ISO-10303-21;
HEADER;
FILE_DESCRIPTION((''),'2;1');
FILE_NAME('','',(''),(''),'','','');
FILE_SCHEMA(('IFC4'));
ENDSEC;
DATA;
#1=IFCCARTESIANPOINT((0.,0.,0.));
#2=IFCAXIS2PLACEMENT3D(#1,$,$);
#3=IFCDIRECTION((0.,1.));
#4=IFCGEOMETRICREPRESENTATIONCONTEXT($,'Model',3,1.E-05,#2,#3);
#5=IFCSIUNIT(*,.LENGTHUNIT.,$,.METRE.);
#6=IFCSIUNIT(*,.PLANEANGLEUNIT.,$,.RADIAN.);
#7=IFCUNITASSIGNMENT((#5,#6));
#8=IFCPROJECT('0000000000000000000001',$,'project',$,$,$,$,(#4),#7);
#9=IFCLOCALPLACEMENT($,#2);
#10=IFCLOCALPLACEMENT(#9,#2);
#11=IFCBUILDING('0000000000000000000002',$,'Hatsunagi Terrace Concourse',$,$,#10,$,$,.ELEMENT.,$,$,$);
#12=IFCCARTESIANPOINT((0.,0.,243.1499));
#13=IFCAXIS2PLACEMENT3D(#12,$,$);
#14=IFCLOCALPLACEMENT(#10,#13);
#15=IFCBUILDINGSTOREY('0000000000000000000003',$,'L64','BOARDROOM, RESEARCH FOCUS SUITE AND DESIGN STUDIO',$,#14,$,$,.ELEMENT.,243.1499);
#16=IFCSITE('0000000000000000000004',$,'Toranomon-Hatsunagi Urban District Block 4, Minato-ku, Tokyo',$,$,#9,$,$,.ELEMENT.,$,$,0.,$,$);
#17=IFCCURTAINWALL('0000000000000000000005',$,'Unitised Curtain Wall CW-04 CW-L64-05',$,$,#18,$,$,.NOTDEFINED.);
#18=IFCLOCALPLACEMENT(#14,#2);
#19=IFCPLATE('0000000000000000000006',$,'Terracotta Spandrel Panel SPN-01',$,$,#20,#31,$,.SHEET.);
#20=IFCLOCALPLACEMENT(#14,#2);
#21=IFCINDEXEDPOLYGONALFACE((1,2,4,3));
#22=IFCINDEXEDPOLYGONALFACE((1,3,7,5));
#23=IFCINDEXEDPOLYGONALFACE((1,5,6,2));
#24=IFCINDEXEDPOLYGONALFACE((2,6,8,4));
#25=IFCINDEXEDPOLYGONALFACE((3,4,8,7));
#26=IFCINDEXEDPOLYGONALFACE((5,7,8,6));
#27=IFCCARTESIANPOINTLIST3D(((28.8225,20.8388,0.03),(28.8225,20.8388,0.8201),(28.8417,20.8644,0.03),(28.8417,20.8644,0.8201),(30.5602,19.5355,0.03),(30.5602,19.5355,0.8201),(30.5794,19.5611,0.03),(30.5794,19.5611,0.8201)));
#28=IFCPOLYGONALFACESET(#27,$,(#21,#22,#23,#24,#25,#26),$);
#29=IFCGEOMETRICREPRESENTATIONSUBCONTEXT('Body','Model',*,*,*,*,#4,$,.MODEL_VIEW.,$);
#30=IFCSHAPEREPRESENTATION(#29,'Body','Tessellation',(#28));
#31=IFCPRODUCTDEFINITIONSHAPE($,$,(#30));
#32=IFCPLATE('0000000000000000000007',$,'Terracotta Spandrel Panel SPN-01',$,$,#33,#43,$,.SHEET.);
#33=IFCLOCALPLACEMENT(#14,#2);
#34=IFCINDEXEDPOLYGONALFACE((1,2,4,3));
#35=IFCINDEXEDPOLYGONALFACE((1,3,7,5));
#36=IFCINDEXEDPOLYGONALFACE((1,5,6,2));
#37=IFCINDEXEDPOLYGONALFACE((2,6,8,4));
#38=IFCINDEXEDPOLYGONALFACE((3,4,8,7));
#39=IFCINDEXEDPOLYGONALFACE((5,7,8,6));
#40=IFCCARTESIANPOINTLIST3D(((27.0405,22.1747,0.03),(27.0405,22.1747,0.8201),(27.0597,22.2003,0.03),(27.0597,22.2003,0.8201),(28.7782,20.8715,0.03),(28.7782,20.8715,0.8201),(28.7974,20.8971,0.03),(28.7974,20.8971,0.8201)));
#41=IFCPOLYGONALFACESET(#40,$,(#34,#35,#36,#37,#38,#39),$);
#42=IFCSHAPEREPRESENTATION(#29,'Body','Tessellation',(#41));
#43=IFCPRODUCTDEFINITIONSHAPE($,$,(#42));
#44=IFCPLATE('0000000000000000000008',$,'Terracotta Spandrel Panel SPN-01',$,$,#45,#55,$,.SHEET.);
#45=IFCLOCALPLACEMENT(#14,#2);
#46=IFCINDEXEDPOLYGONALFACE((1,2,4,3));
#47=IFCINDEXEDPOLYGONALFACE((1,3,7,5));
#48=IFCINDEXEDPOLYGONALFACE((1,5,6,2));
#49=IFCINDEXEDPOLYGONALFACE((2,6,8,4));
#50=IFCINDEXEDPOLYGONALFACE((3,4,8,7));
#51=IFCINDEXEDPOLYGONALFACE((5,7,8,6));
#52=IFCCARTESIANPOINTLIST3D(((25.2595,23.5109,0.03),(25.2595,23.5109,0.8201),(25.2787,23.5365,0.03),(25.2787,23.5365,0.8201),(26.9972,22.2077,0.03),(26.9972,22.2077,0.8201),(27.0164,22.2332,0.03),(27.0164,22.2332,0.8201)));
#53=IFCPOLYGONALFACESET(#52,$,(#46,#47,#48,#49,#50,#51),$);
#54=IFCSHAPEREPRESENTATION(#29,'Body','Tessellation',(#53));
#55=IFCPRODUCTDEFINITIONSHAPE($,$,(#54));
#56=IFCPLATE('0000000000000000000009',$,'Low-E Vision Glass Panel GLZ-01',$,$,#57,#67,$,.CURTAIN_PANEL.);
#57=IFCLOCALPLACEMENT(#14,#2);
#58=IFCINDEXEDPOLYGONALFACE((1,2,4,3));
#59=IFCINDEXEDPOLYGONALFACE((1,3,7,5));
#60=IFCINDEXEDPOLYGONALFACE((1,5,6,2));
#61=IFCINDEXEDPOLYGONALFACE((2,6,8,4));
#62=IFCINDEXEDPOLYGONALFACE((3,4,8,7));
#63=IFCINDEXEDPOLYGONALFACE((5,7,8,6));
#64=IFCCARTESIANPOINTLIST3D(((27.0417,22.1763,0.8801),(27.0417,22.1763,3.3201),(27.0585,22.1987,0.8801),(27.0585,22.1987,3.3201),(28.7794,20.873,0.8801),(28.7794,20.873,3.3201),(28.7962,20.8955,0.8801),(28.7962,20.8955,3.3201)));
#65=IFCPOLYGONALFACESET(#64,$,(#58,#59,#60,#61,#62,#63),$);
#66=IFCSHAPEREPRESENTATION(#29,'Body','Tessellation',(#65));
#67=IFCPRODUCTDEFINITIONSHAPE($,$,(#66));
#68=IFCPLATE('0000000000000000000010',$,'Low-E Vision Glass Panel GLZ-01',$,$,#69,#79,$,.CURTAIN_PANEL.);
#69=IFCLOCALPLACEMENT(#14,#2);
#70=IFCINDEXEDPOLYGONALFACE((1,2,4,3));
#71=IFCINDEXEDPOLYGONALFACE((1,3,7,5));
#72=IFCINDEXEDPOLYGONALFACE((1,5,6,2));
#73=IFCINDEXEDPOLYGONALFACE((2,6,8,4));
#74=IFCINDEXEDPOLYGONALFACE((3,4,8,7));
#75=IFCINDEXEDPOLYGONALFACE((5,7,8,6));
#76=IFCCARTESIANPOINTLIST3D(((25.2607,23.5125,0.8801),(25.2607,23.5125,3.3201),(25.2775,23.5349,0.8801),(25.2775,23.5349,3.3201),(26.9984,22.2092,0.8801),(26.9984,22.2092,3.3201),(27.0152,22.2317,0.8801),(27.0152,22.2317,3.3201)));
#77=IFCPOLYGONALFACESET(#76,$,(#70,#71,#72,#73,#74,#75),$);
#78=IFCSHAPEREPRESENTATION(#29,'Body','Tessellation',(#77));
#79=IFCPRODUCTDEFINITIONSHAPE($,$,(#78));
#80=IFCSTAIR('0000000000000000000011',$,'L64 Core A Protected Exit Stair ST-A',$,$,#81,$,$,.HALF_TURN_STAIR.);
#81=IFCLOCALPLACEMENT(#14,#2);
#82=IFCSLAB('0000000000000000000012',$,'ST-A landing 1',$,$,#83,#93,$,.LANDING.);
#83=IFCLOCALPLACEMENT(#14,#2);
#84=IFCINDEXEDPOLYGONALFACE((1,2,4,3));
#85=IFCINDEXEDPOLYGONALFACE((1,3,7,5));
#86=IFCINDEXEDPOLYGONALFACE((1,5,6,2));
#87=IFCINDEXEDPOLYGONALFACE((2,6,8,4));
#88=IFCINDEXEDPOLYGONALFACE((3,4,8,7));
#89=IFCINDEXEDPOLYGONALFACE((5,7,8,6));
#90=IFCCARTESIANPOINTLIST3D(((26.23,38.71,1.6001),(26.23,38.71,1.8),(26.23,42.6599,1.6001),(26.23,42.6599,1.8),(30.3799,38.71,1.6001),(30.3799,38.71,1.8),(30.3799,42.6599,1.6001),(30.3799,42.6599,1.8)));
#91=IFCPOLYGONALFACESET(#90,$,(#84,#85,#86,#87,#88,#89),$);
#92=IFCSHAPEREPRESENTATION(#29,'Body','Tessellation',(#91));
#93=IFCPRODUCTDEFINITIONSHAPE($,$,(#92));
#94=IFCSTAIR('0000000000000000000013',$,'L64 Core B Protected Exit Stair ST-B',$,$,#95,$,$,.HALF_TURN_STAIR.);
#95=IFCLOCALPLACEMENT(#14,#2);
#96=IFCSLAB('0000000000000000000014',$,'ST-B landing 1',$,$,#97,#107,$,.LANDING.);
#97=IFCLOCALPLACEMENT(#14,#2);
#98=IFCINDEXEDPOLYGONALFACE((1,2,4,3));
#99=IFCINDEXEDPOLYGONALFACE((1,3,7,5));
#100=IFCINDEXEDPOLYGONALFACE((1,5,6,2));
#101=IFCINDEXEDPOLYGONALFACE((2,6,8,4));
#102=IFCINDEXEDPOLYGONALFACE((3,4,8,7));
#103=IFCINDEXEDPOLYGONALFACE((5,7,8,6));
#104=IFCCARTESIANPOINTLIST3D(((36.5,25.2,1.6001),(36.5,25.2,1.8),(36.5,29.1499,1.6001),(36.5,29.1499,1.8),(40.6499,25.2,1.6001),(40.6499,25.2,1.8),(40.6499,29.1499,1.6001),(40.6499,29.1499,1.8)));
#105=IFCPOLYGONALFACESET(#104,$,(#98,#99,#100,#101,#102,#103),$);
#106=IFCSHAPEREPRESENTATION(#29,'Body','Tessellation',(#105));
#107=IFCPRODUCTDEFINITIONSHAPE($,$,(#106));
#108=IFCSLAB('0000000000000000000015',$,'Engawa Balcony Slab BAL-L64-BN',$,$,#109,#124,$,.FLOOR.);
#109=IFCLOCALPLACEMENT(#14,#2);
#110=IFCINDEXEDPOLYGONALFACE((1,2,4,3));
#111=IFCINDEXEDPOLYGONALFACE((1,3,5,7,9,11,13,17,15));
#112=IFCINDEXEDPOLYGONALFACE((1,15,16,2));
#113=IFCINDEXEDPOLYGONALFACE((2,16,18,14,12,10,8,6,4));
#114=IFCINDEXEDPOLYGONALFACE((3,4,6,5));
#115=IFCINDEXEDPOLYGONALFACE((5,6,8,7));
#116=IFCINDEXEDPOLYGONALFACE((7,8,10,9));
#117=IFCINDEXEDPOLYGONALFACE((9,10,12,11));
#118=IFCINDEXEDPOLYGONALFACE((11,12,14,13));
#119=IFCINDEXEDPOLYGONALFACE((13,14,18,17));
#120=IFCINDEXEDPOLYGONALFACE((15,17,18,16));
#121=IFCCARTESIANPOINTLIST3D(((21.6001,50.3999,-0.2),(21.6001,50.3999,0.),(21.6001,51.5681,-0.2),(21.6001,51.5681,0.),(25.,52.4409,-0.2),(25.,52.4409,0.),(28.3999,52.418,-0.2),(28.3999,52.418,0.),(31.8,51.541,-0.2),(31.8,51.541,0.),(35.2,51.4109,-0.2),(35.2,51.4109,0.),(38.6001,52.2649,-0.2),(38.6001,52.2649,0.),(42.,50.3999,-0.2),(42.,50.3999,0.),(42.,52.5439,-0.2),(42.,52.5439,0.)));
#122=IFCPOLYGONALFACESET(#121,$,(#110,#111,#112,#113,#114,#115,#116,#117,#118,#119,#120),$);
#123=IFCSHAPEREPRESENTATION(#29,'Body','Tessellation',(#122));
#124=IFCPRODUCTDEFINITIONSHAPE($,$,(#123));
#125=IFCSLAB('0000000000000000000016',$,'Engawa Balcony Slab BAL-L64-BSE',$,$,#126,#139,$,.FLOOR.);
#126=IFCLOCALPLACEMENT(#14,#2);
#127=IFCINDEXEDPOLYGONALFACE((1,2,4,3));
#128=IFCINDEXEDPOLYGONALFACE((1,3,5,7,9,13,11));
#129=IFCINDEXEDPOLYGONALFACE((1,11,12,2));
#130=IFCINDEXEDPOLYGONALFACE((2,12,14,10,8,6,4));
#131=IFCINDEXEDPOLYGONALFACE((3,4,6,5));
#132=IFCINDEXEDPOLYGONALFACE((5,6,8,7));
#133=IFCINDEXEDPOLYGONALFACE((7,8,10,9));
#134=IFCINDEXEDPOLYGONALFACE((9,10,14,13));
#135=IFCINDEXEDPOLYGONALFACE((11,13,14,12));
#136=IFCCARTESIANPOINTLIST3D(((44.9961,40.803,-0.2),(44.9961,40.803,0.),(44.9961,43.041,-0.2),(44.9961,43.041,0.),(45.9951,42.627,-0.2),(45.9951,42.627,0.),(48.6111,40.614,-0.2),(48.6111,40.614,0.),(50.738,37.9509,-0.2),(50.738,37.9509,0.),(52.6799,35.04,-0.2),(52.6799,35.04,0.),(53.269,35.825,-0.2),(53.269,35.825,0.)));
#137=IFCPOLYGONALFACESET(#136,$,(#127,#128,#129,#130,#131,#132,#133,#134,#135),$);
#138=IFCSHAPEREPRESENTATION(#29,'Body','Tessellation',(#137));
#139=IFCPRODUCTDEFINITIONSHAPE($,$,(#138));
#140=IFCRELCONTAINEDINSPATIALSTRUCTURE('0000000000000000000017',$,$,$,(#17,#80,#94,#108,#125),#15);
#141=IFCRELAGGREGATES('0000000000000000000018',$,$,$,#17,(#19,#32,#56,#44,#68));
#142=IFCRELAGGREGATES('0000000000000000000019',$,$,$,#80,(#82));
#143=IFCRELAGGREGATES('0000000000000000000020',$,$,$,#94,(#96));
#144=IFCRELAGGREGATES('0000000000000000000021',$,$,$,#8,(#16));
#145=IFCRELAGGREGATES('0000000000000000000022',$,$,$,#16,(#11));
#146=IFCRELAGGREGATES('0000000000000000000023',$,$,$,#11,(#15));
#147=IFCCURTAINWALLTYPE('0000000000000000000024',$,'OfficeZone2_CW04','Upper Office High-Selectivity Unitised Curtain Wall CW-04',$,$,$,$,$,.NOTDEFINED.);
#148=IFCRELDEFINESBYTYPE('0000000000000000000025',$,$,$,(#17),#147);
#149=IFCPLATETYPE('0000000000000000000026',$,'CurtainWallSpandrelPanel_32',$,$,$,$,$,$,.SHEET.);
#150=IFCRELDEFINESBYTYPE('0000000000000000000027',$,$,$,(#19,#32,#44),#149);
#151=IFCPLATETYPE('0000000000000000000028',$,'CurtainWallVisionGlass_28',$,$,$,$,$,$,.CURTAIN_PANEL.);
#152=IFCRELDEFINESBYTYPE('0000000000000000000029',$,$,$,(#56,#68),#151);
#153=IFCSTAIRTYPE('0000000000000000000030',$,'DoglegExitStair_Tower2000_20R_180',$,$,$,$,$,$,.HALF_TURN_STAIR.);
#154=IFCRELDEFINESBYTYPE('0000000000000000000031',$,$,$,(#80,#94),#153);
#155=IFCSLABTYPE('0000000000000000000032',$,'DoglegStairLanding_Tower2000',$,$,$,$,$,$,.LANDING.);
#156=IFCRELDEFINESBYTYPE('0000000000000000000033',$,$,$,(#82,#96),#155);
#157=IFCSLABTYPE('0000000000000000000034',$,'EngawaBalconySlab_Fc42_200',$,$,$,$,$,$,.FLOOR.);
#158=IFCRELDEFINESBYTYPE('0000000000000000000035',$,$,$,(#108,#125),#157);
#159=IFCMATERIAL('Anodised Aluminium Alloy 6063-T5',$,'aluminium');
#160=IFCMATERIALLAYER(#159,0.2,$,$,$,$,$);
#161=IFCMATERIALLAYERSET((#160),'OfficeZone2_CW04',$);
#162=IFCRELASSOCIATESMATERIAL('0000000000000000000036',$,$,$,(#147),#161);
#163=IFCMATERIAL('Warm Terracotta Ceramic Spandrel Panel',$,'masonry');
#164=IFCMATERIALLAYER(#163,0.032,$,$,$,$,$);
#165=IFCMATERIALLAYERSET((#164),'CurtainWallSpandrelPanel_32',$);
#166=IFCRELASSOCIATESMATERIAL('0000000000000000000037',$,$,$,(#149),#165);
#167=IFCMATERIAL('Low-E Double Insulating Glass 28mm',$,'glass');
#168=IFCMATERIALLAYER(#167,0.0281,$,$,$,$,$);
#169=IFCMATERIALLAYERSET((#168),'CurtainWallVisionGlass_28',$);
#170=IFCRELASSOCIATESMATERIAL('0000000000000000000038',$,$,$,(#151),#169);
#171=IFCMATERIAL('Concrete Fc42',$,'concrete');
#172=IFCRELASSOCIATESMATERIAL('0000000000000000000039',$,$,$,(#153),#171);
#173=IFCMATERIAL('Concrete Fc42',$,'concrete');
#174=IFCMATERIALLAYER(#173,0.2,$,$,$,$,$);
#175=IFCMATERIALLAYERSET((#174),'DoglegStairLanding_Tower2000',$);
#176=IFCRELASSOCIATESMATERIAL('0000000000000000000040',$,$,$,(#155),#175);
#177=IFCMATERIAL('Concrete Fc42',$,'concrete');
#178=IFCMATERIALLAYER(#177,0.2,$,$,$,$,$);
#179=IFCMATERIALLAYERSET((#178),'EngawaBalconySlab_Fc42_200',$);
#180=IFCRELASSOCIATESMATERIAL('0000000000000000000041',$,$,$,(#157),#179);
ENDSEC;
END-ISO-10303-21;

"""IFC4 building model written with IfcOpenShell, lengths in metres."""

from ifc_helpers import new_model, si_unit, direction, frame, origin, origin_2d, place, context, subcontext, project, spatial, polyline, rectangle, outline, extrude, material, layer, layer_set, type_object, element, aggregate, save


model = new_model("IFC4")

# Units and contexts
model_context = context("Model", 3, precision=1e-05, world=origin(), true_north=direction((0.0, 1.0)))
body_context = subcontext(model_context, "Body", "Model", "MODEL_VIEW")
ifc_project = project(units=[si_unit("LENGTHUNIT", "METRE"), si_unit("PLANEANGLEUNIT", "RADIAN")], contexts=[model_context])

# Site, building, storey
site_placement = place(None, origin())
site = spatial("IfcSite", under=ifc_project, at=site_placement, Name="Toranomon-Hatsunagi Urban District Block 4, Minato-ku, Tokyo", CompositionType="ELEMENT", RefElevation=0.0)
building_placement = place(site_placement, origin())
building = spatial("IfcBuilding", under=site, at=building_placement, Name="Hatsunagi Terrace Concourse", CompositionType="ELEMENT")
storey_placement = place(building_placement, frame((0.0, 0.0, 243.1499)))
storey = spatial("IfcBuildingStorey", under=building, at=storey_placement, Name="L64", Description="BOARDROOM, RESEARCH FOCUS SUITE AND DESIGN STUDIO", CompositionType="ELEMENT", Elevation=243.1499)

# Curtain wall
ifc_material_1 = material(Name="Anodised Aluminium Alloy 6063-T5", Category="aluminium")
ifc_layer_1 = layer(ifc_material_1, 0.2)
ifc_layer_set_1 = layer_set([ifc_layer_1], Name="OfficeZone2_CW04")
curtain_wall_type = type_object("IfcCurtainWallType", Name="OfficeZone2_CW04", Description="Upper Office High-Selectivity Unitised Curtain Wall CW-04", PredefinedType="NOTDEFINED", material=ifc_layer_set_1)
curtain_wall_placement = place(storey_placement, origin())
curtain_wall = element("IfcCurtainWall", 1, at=curtain_wall_placement, inside=storey, type_object=curtain_wall_type, Name="Unitised Curtain Wall CW-04 CW-L64-05", PredefinedType="NOTDEFINED")

# Plates
ifc_material_2 = material(Name="Warm Terracotta Ceramic Spandrel Panel", Category="masonry")
ifc_layer_2 = layer(ifc_material_2, 0.032)
ifc_layer_set_2 = layer_set([ifc_layer_2], Name="CurtainWallSpandrelPanel_32")
plate_type_1 = type_object("IfcPlateType", Name="CurtainWallSpandrelPanel_32", PredefinedType="SHEET", material=ifc_layer_set_2)
plate_1_placement = place(storey_placement, frame((29.7009, 20.2, 0.03), z_axis=(0.0, 0.0, 1.0), x_axis=(-0.800007, 0.59999, 0.0)))
plate_1 = element("IfcPlate", 2, at=plate_1_placement, type_object=plate_type_1, Name="Terracotta Spandrel Panel SPN-01", PredefinedType="SHEET", context=body_context, shape_type="SweptSolid", body=[
    extrude(rectangle(XDim=2.1721, YDim=0.032, at=origin_2d()), origin(), (0.0, 0.0, 1.0), 0.79),
])
plate_2_placement = place(storey_placement, frame((27.9189, 21.5359, 0.03), z_axis=(0.0, 0.0, 1.0), x_axis=(-0.800007, 0.59999, 0.0)))
plate_2 = element("IfcPlate", 3, at=plate_2_placement, type_object=plate_type_1, Name="Terracotta Spandrel Panel SPN-01", PredefinedType="SHEET", context=body_context, shape_type="SweptSolid", body=[
    extrude(rectangle(XDim=2.1721, YDim=0.032, at=origin_2d()), origin(), (0.0, 0.0, 1.0), 0.79),
])
plate_3_placement = place(storey_placement, frame((26.1379, 22.8721, 0.03), z_axis=(0.0, 0.0, 1.0), x_axis=(-0.800007, 0.59999, 0.0)))
plate_3 = element("IfcPlate", 4, at=plate_3_placement, type_object=plate_type_1, Name="Terracotta Spandrel Panel SPN-01", PredefinedType="SHEET", context=body_context, shape_type="SweptSolid", body=[
    extrude(rectangle(XDim=2.1721, YDim=0.032, at=origin_2d()), origin(), (0.0, 0.0, 1.0), 0.79),
])
ifc_material_3 = material(Name="Low-E Double Insulating Glass 28mm", Category="glass")
ifc_layer_3 = layer(ifc_material_3, 0.0281)
ifc_layer_set_3 = layer_set([ifc_layer_3], Name="CurtainWallVisionGlass_28")
plate_type_2 = type_object("IfcPlateType", Name="CurtainWallVisionGlass_28", PredefinedType="CURTAIN_PANEL", material=ifc_layer_set_3)
plate_4_placement = place(storey_placement, frame((27.9189, 21.5359, 0.8801), z_axis=(0.0, 0.0, 1.0), x_axis=(-0.800007, 0.59999, 0.0)))
plate_4 = element("IfcPlate", 5, at=plate_4_placement, type_object=plate_type_2, Name="Low-E Vision Glass Panel GLZ-01", PredefinedType="CURTAIN_PANEL", context=body_context, shape_type="SweptSolid", body=[
    extrude(rectangle(XDim=2.1721, YDim=0.0281, at=origin_2d()), origin(), (0.0, 0.0, 1.0), 2.4399),
])
plate_5_placement = place(storey_placement, frame((26.1379, 22.8721, 0.8801), z_axis=(0.0, 0.0, 1.0), x_axis=(-0.800007, 0.59999, 0.0)))
plate_5 = element("IfcPlate", 6, at=plate_5_placement, type_object=plate_type_2, Name="Low-E Vision Glass Panel GLZ-01", PredefinedType="CURTAIN_PANEL", context=body_context, shape_type="SweptSolid", body=[
    extrude(rectangle(XDim=2.1721, YDim=0.0281, at=origin_2d()), origin(), (0.0, 0.0, 1.0), 2.4399),
])
aggregate(curtain_wall, [plate_1, plate_2, plate_4, plate_3, plate_5])

# Stairs, slabs
ifc_material_4 = material(Name="Concrete Fc42", Category="concrete")
stair_type = type_object("IfcStairType", Name="DoglegExitStair_Tower2000_20R_180", PredefinedType="HALF_TURN_STAIR", material=ifc_material_4)
stair_1_placement = place(storey_placement, origin())
stair_1 = element("IfcStair", 7, at=stair_1_placement, inside=storey, type_object=stair_type, Name="L64 Core A Protected Exit Stair ST-A", PredefinedType="HALF_TURN_STAIR")
ifc_material_5 = material(Name="Concrete Fc42", Category="concrete")
ifc_layer_4 = layer(ifc_material_5, 0.2)
ifc_layer_set_4 = layer_set([ifc_layer_4], Name="DoglegStairLanding_Tower2000")
slab_type_1 = type_object("IfcSlabType", Name="DoglegStairLanding_Tower2000", PredefinedType="LANDING", material=ifc_layer_set_4)
slab_1_placement = place(storey_placement, frame((0.0, 0.0, 1.6001)))
slab_1 = element("IfcSlab", 8, at=slab_1_placement, type_object=slab_type_1, Name="ST-A landing 1", PredefinedType="LANDING", context=body_context, shape_type="SweptSolid", body=[
    extrude(outline(polyline([(30.3799, 38.71), (30.3799, 42.6599), (26.23, 42.6599), (26.23, 38.71), (30.3799, 38.71)])), origin(), (0.0, 0.0, 1.0), 0.2),
])
aggregate(stair_1, [slab_1])
stair_2_placement = place(storey_placement, origin())
stair_2 = element("IfcStair", 9, at=stair_2_placement, inside=storey, type_object=stair_type, Name="L64 Core B Protected Exit Stair ST-B", PredefinedType="HALF_TURN_STAIR")
slab_2_placement = place(storey_placement, frame((0.0, 0.0, 1.6001)))
slab_2 = element("IfcSlab", 10, at=slab_2_placement, type_object=slab_type_1, Name="ST-B landing 1", PredefinedType="LANDING", context=body_context, shape_type="SweptSolid", body=[
    extrude(outline(polyline([(36.5, 29.1499), (36.5, 25.2), (40.6499, 25.2), (40.6499, 29.1499), (36.5, 29.1499)])), origin(), (0.0, 0.0, 1.0), 0.2),
])
aggregate(stair_2, [slab_2])

# Slabs
ifc_material_6 = material(Name="Concrete Fc42", Category="concrete")
ifc_layer_5 = layer(ifc_material_6, 0.2)
ifc_layer_set_5 = layer_set([ifc_layer_5], Name="EngawaBalconySlab_Fc42_200")
slab_type_2 = type_object("IfcSlabType", Name="EngawaBalconySlab_Fc42_200", PredefinedType="FLOOR", material=ifc_layer_set_5)
slab_3_placement = place(storey_placement, frame((0.0, 0.0, -0.2)))
element("IfcSlab", 11, at=slab_3_placement, inside=storey, type_object=slab_type_2, Name="Engawa Balcony Slab BAL-L64-BN", PredefinedType="FLOOR", context=body_context, shape_type="SweptSolid", body=[
    extrude(outline(polyline([(21.6001, 51.5681), (21.6001, 50.3999), (42.0, 50.3999), (42.0, 52.5439), (38.6001, 52.2649), (35.2, 51.4109), (31.8, 51.541), (28.3999, 52.418), (25.0, 52.4409), (21.6001, 51.5681)])), origin(), (0.0, 0.0, 1.0), 0.2),
])
slab_4_placement = place(storey_placement, frame((0.0, 0.0, -0.2)))
element("IfcSlab", 12, at=slab_4_placement, inside=storey, type_object=slab_type_2, Name="Engawa Balcony Slab BAL-L64-BSE", PredefinedType="FLOOR", context=body_context, shape_type="SweptSolid", body=[
    extrude(outline(polyline([(45.9951, 42.627), (44.9961, 43.041), (44.9961, 40.803), (52.6799, 35.04), (53.269, 35.825), (50.738, 37.9509), (48.6111, 40.614), (45.9951, 42.627)])), origin(), (0.0, 0.0, 1.0), 0.2),
])

save(model, "model.ifc")
